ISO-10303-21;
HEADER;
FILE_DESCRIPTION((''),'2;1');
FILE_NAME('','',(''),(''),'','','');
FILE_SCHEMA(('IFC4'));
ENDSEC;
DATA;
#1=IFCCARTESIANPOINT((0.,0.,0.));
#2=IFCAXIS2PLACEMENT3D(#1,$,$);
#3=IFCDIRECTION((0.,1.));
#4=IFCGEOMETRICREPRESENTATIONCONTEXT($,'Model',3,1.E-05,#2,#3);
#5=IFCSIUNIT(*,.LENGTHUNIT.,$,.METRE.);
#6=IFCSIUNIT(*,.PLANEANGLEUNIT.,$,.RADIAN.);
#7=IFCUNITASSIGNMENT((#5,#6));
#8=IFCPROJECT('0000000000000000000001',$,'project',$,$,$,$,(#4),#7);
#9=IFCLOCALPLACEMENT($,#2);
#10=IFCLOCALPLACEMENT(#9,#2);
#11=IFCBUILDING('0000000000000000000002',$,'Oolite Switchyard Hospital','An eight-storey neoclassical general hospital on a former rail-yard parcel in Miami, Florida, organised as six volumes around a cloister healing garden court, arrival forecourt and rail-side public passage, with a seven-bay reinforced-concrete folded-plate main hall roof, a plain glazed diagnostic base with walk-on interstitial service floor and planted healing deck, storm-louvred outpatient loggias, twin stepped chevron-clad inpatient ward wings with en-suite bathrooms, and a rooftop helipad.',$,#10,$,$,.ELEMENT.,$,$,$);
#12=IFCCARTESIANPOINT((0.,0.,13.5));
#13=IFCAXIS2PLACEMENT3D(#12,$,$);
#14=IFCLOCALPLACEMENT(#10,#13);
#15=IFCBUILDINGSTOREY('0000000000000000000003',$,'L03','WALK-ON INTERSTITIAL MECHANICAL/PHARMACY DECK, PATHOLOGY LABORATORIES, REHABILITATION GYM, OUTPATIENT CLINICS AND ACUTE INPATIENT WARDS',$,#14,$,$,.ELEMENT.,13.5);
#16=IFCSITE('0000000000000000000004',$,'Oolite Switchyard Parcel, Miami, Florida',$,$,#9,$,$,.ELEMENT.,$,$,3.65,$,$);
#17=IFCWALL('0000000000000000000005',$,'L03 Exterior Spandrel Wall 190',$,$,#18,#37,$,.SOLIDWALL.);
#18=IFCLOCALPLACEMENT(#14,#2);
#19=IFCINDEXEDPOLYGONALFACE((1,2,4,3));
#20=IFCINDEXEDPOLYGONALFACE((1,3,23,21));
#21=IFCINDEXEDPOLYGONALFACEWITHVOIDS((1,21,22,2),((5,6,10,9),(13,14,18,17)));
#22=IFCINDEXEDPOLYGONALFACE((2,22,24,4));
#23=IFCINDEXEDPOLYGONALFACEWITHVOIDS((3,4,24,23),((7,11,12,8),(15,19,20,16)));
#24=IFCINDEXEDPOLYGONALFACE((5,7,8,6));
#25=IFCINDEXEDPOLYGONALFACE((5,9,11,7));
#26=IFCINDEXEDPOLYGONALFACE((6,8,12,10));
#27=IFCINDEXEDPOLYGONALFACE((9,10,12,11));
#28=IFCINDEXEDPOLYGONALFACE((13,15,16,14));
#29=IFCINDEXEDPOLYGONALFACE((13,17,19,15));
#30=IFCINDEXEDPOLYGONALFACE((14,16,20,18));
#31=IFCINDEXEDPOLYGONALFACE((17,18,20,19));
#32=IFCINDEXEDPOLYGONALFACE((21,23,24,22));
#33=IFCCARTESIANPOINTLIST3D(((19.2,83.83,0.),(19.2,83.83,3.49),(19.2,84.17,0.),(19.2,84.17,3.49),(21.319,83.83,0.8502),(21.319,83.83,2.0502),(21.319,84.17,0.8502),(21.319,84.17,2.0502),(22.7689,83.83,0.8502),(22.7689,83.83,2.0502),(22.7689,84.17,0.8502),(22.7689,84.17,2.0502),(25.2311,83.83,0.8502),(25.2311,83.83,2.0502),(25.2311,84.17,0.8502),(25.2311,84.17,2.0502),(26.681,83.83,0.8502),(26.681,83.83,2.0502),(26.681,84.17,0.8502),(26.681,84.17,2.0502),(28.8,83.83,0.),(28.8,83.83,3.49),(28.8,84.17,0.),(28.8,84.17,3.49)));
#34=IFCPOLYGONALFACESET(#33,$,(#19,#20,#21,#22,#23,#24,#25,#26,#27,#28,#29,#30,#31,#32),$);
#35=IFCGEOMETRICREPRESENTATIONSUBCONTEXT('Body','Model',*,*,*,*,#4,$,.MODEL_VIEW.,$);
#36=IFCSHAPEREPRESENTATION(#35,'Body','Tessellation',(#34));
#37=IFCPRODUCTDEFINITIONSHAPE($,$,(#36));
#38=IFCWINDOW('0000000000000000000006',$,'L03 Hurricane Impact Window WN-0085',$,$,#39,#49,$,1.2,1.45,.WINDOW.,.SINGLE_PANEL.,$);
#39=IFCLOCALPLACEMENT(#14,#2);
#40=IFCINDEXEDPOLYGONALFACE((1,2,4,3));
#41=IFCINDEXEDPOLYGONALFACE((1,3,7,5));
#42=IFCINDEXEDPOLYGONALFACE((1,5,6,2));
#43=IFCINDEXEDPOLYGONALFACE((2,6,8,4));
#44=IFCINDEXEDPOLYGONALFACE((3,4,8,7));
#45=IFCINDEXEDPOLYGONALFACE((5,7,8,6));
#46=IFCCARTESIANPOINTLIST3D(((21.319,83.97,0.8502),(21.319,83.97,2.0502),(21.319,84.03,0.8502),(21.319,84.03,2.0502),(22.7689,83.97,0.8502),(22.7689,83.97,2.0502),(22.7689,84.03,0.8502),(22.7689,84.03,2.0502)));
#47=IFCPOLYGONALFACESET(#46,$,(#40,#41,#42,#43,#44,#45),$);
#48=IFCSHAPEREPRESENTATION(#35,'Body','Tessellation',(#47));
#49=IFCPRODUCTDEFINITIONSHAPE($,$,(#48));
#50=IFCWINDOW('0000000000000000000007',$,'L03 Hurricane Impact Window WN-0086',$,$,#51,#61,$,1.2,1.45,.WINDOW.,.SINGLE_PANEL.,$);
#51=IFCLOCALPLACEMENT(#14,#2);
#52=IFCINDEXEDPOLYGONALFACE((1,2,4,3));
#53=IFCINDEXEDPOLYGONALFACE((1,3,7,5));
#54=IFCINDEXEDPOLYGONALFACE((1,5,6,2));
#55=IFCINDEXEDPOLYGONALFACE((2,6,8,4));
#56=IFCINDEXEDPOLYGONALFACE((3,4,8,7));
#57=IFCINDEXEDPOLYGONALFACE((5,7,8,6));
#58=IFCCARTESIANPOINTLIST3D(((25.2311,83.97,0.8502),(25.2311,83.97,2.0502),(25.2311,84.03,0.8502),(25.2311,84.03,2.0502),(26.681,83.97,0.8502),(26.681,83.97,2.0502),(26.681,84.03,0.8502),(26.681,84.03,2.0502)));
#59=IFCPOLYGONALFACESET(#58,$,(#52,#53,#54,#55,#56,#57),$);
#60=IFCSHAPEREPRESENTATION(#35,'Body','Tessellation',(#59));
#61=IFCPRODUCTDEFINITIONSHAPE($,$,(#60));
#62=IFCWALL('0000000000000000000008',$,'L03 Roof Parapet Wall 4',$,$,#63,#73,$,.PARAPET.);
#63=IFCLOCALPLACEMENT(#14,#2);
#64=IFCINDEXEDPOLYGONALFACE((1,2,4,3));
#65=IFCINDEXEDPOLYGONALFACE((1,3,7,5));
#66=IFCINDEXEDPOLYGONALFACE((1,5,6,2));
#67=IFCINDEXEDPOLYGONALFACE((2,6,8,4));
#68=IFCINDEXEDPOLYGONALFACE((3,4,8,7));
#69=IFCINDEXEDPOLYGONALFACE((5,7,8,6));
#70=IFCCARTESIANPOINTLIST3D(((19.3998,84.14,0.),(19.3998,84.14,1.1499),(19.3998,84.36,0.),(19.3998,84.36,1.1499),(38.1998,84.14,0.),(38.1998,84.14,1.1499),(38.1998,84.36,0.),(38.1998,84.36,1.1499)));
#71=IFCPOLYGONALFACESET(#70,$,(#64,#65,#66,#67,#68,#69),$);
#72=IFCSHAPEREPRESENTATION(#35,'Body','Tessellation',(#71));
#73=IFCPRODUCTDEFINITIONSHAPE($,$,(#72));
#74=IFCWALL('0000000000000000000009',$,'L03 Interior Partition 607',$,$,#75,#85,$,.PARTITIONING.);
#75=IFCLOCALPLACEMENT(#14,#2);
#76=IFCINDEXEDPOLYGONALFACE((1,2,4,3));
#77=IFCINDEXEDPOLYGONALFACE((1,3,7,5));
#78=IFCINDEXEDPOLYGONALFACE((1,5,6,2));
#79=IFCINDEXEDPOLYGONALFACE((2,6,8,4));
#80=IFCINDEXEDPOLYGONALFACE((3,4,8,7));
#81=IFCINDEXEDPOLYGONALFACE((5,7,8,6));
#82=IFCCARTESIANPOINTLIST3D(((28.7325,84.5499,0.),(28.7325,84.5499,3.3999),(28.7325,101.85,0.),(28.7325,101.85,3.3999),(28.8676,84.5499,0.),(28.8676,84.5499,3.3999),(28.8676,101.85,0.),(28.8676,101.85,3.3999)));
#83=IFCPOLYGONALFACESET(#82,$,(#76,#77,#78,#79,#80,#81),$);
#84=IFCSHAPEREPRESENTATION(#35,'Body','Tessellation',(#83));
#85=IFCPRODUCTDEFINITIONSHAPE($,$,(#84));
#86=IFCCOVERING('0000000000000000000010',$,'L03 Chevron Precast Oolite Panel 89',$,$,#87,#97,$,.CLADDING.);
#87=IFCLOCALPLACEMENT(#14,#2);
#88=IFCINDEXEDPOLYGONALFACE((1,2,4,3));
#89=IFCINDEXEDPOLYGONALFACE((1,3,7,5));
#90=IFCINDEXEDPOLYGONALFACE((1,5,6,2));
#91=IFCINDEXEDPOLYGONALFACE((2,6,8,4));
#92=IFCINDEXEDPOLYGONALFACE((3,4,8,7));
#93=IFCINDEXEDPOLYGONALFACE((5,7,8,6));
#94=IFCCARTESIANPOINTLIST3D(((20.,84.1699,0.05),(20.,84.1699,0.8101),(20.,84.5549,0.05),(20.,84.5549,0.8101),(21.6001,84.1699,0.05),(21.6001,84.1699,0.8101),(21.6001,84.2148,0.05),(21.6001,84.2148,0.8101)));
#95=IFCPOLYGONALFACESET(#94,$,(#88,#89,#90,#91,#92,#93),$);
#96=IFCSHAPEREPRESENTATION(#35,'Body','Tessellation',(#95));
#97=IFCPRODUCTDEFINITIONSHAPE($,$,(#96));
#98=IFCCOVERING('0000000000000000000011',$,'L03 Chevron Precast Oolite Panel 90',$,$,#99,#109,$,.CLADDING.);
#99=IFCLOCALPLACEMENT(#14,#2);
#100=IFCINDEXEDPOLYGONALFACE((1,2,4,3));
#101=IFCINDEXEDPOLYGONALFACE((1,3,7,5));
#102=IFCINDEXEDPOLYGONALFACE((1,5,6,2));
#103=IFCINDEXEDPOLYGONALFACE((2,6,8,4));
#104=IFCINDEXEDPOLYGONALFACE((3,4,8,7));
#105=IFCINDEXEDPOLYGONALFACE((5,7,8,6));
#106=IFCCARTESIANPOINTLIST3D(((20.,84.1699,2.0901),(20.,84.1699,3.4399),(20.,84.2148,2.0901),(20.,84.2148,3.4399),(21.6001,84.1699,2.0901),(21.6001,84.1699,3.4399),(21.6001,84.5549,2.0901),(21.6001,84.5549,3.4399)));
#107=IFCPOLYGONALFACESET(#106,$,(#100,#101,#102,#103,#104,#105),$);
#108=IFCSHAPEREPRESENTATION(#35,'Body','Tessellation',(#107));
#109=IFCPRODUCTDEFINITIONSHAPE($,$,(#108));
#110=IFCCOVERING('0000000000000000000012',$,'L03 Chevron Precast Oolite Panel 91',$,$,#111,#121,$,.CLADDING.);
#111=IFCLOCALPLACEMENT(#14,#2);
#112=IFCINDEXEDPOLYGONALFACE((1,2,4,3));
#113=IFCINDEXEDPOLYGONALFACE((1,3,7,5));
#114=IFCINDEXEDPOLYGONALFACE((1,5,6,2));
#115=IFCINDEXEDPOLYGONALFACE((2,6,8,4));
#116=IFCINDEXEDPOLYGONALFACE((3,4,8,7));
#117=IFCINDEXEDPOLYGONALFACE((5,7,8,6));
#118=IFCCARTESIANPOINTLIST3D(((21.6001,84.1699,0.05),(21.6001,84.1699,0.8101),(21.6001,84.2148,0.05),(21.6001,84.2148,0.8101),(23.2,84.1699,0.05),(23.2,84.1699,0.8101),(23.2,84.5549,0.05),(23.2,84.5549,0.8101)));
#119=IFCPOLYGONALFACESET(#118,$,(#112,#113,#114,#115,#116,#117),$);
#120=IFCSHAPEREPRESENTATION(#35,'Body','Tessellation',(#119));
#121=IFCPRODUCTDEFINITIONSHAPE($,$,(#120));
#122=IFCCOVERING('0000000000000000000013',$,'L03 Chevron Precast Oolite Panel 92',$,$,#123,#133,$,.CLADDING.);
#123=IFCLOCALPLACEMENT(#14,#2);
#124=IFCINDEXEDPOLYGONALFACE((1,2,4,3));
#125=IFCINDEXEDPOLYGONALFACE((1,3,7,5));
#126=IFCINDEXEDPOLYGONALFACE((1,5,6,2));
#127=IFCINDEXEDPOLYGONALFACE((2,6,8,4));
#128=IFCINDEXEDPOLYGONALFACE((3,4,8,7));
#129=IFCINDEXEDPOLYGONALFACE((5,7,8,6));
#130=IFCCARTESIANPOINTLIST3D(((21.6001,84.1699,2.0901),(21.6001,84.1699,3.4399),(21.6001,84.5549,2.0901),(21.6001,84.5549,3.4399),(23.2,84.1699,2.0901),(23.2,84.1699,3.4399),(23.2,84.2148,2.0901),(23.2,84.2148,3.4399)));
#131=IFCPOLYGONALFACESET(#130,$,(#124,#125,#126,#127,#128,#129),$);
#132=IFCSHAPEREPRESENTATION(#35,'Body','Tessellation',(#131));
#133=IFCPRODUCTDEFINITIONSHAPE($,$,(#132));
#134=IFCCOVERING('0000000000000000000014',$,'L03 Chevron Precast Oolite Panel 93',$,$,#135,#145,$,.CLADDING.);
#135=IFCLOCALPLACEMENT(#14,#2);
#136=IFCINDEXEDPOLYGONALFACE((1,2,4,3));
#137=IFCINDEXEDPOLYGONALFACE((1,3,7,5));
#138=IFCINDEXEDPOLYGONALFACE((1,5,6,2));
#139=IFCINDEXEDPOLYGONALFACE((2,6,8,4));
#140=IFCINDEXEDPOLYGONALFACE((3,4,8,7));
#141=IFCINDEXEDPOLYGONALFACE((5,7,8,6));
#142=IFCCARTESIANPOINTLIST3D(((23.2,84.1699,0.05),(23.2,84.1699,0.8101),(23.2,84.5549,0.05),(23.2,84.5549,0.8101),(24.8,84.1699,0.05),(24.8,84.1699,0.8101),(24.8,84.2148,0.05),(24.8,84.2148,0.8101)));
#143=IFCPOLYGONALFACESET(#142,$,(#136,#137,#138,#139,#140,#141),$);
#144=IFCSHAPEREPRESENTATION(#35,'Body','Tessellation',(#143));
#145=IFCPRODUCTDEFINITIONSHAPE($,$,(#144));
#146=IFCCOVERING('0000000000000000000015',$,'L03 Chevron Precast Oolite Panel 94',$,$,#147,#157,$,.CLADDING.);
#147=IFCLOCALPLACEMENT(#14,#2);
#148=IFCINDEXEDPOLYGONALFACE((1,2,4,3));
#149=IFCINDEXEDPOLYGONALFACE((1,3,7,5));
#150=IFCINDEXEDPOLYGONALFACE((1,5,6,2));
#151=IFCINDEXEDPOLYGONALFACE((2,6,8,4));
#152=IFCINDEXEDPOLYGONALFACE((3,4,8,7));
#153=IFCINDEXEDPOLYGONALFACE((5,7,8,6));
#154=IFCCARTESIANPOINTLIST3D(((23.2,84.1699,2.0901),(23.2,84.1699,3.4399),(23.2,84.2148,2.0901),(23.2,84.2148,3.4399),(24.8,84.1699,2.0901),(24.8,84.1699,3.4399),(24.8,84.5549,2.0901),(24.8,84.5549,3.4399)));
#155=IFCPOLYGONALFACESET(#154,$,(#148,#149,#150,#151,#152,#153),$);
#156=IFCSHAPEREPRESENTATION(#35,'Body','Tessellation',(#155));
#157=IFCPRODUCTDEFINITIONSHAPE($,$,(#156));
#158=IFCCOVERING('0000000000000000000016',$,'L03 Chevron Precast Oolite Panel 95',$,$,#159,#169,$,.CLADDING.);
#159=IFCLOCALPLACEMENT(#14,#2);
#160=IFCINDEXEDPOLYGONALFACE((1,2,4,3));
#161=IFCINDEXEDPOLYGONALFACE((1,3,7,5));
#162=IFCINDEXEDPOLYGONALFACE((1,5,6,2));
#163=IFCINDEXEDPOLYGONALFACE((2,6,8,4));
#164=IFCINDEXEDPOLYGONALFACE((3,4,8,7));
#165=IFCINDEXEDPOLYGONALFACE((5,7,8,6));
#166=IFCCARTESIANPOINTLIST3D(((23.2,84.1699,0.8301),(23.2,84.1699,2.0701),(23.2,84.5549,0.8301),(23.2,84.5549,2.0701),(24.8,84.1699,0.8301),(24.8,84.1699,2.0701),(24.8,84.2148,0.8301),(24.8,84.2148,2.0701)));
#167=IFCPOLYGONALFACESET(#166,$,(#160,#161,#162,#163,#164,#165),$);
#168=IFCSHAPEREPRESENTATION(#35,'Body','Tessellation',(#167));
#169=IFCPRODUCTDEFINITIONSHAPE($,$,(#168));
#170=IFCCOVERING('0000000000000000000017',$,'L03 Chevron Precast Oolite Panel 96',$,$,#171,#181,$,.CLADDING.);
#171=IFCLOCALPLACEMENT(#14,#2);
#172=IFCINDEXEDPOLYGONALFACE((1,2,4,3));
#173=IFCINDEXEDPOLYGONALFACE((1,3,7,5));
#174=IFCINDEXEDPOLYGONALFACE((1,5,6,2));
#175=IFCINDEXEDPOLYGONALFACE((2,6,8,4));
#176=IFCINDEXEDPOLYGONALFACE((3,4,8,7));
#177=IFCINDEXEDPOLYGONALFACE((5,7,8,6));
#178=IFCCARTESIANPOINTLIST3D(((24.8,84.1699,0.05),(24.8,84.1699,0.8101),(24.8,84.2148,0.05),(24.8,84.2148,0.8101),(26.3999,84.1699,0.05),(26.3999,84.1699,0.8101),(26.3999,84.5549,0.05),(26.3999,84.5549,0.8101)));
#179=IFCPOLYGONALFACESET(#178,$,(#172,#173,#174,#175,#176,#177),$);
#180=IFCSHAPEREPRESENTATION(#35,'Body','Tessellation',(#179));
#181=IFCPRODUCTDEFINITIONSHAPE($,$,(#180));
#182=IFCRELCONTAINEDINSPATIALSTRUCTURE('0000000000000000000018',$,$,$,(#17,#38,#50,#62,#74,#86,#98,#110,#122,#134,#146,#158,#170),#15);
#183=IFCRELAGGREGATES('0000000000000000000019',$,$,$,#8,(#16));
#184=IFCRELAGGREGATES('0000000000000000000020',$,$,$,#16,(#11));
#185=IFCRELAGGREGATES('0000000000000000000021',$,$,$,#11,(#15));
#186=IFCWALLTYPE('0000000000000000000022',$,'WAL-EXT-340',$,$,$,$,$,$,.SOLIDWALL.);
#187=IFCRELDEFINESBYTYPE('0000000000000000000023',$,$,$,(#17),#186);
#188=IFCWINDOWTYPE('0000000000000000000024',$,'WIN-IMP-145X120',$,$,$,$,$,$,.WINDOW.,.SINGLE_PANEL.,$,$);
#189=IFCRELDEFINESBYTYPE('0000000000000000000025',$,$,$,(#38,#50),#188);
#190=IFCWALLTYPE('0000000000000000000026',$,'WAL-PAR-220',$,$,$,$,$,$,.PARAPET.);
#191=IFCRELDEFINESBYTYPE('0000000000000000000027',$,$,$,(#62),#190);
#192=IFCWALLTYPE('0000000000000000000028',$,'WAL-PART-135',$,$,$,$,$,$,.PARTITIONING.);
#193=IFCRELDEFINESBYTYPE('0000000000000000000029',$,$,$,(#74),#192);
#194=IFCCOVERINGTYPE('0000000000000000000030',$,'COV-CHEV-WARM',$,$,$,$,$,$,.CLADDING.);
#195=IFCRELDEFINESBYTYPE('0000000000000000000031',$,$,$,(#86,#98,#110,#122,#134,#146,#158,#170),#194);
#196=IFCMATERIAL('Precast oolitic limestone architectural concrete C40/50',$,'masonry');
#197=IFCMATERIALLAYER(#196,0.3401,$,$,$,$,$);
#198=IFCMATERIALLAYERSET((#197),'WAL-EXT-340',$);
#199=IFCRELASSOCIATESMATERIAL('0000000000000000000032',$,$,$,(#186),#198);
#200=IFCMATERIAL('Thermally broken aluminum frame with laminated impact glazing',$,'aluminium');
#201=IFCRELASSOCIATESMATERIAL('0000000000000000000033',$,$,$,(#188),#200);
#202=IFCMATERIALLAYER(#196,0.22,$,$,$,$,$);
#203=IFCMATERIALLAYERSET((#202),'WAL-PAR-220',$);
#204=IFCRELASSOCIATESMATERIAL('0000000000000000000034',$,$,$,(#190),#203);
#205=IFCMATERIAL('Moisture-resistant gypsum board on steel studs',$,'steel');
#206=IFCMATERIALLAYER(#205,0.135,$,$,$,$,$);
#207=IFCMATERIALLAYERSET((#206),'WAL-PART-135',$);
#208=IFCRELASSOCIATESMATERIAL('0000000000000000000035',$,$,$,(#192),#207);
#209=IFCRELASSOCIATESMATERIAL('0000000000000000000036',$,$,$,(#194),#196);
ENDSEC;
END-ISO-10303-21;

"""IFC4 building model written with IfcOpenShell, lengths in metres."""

from ifc_helpers import new_model, si_unit, direction, frame, frame_2d, origin, place, context, subcontext, project, spatial, polyline, rectangle, outline, extrude, material, layer, layer_set, type_object, element, fill, save


model = new_model("IFC4")

# Units and contexts
model_context = context("Model", 3, precision=1e-05, world=origin(), true_north=direction((0.0, 1.0)))
body_context = subcontext(model_context, "Body", "Model", "MODEL_VIEW")
ifc_project = project(units=[si_unit("LENGTHUNIT", "METRE"), si_unit("PLANEANGLEUNIT", "RADIAN")], contexts=[model_context])

# Site, building, storey
site_placement = place(None, origin())
site = spatial("IfcSite", under=ifc_project, at=site_placement, Name="Oolite Switchyard Parcel, Miami, Florida", CompositionType="ELEMENT", RefElevation=3.65)
building_placement = place(site_placement, origin())
building = spatial("IfcBuilding", under=site, at=building_placement, Name="Oolite Switchyard Hospital", Description="An eight-storey neoclassical general hospital on a former rail-yard parcel in Miami, Florida, organised as six volumes around a cloister healing garden court, arrival forecourt and rail-side public passage, with a seven-bay reinforced-concrete folded-plate main hall roof, a plain glazed diagnostic base with walk-on interstitial service floor and planted healing deck, storm-louvred outpatient loggias, twin stepped chevron-clad inpatient ward wings with en-suite bathrooms, and a rooftop helipad.", CompositionType="ELEMENT")
storey_placement = place(building_placement, frame((0.0, 0.0, 13.5)))
storey = spatial("IfcBuildingStorey", under=building, at=storey_placement, Name="L03", Description="WALK-ON INTERSTITIAL MECHANICAL/PHARMACY DECK, PATHOLOGY LABORATORIES, REHABILITATION GYM, OUTPATIENT CLINICS AND ACUTE INPATIENT WARDS", CompositionType="ELEMENT", Elevation=13.5)

# Wall, openings, windows
ifc_material_1 = material(Name="Precast oolitic limestone architectural concrete C40/50", Category="masonry")
ifc_layer_1 = layer(ifc_material_1, 0.3401)
ifc_layer_set_1 = layer_set([ifc_layer_1], Name="WAL-EXT-340")
wall_type_1 = type_object("IfcWallType", Name="WAL-EXT-340", PredefinedType="SOLIDWALL", material=ifc_layer_set_1)
wall_1_placement = place(storey_placement, frame((19.2, 84.0, 0.0), z_axis=(0.0, 0.0, 1.0), x_axis=(1.0, 0.0, 0.0)))
wall_1 = element("IfcWall", 1, at=wall_1_placement, inside=storey, type_object=wall_type_1, Name="L03 Exterior Spandrel Wall 190", PredefinedType="SOLIDWALL", context=body_context, shape_type="SweptSolid", body=[
    extrude(rectangle(XDim=9.6001, YDim=0.3401, at=frame_2d((4.8, 0.0))), origin(), (0.0, 0.0, 1.0), 3.49),
])
opening_1_placement = place(wall_1_placement, frame((2.1189, 0.0, 0.8501)))
opening_1 = element("IfcOpeningElement", 2, at=opening_1_placement, cuts=wall_1, PredefinedType="OPENING", context=body_context, shape_type="SweptSolid", body=[
    extrude(rectangle(XDim=1.45, YDim=1.2, at=frame_2d((0.7251, 0.6001))), frame((0.0, 0.1802, 0.0), z_axis=(0.0, -1.0, 0.0), x_axis=(1.0, 0.0, 0.0)), (0.0, 0.0, 1.0), 0.3601),
])
opening_2_placement = place(wall_1_placement, frame((6.031, 0.0, 0.8501)))
opening_2 = element("IfcOpeningElement", 3, at=opening_2_placement, cuts=wall_1, PredefinedType="OPENING", context=body_context, shape_type="SweptSolid", body=[
    extrude(rectangle(XDim=1.45, YDim=1.2, at=frame_2d((0.7251, 0.6001))), frame((0.0, 0.1802, 0.0), z_axis=(0.0, -1.0, 0.0), x_axis=(1.0, 0.0, 0.0)), (0.0, 0.0, 1.0), 0.3601),
])
ifc_material_2 = material(Name="Thermally broken aluminum frame with laminated impact glazing", Category="aluminium")
window_type = type_object("IfcWindowType", Name="WIN-IMP-145X120", PartitioningType="SINGLE_PANEL", PredefinedType="WINDOW", material=ifc_material_2)
window_1_placement = place(opening_1_placement, origin())
window_1 = element("IfcWindow", 4, at=window_1_placement, inside=storey, type_object=window_type, Name="L03 Hurricane Impact Window WN-0085", OverallHeight=1.2, OverallWidth=1.45, PartitioningType="SINGLE_PANEL", PredefinedType="WINDOW", context=body_context, shape_type="SweptSolid", body=[
    extrude(rectangle(XDim=1.45, YDim=1.2, at=frame_2d((0.7251, 0.6001))), frame((0.0, 0.03, 0.0), z_axis=(0.0, -1.0, 0.0), x_axis=(1.0, 0.0, 0.0)), (0.0, 0.0, 1.0), 0.0601),
])
fill(opening_1, window_1)
window_2_placement = place(opening_2_placement, origin())
window_2 = element("IfcWindow", 5, at=window_2_placement, inside=storey, type_object=window_type, Name="L03 Hurricane Impact Window WN-0086", OverallHeight=1.2, OverallWidth=1.45, PartitioningType="SINGLE_PANEL", PredefinedType="WINDOW", context=body_context, shape_type="SweptSolid", body=[
    extrude(rectangle(XDim=1.45, YDim=1.2, at=frame_2d((0.7251, 0.6001))), frame((0.0, 0.03, 0.0), z_axis=(0.0, -1.0, 0.0), x_axis=(1.0, 0.0, 0.0)), (0.0, 0.0, 1.0), 0.0601),
])
fill(opening_2, window_2)

# Walls
ifc_layer_2 = layer(ifc_material_1, 0.22)
ifc_layer_set_2 = layer_set([ifc_layer_2], Name="WAL-PAR-220")
wall_type_2 = type_object("IfcWallType", Name="WAL-PAR-220", PredefinedType="PARAPET", material=ifc_layer_set_2)
wall_2_placement = place(storey_placement, frame((19.3999, 84.25, 0.0), z_axis=(0.0, 0.0, 1.0), x_axis=(1.0, 0.0, 0.0)))
element("IfcWall", 6, at=wall_2_placement, inside=storey, type_object=wall_type_2, Name="L03 Roof Parapet Wall 4", PredefinedType="PARAPET", context=body_context, shape_type="SweptSolid", body=[
    extrude(rectangle(XDim=18.8, YDim=0.22, at=frame_2d((9.3999, 0.0))), origin(), (0.0, 0.0, 1.0), 1.1499),
])
ifc_material_3 = material(Name="Moisture-resistant gypsum board on steel studs", Category="steel")
ifc_layer_3 = layer(ifc_material_3, 0.135)
ifc_layer_set_3 = layer_set([ifc_layer_3], Name="WAL-PART-135")
wall_type_3 = type_object("IfcWallType", Name="WAL-PART-135", PredefinedType="PARTITIONING", material=ifc_layer_set_3)
wall_3_placement = place(storey_placement, frame((28.8, 84.55, 0.0), z_axis=(0.0, 0.0, 1.0), x_axis=(0.0, 1.0, 0.0)))
element("IfcWall", 7, at=wall_3_placement, inside=storey, type_object=wall_type_3, Name="L03 Interior Partition 607", PredefinedType="PARTITIONING", context=body_context, shape_type="SweptSolid", body=[
    extrude(rectangle(XDim=17.3, YDim=0.135, at=frame_2d((8.6499, 0.0))), origin(), (0.0, 0.0, 1.0), 3.3999),
])

# Coverings
covering_type = type_object("IfcCoveringType", Name="COV-CHEV-WARM", PredefinedType="CLADDING", material=ifc_material_1)
covering_1_placement = place(storey_placement, frame((20.0, 84.1699, 0.05), z_axis=(0.0, 0.0, 1.0), x_axis=(1.0, 0.0, 0.0)))
element("IfcCovering", 8, at=covering_1_placement, inside=storey, type_object=covering_type, Name="L03 Chevron Precast Oolite Panel 89", PredefinedType="CLADDING", context=body_context, shape_type="SweptSolid", body=[
    extrude(outline(polyline([(0.0, 0.0), (1.6001, 0.0), (1.6001, 0.0449), (0.0, 0.385), (0.0, 0.0)])), origin(), (0.0, 0.0, 1.0), 0.76),
])
covering_2_placement = place(storey_placement, frame((20.0, 84.1699, 2.0901), z_axis=(0.0, 0.0, 1.0), x_axis=(1.0, 0.0, 0.0)))
element("IfcCovering", 9, at=covering_2_placement, inside=storey, type_object=covering_type, Name="L03 Chevron Precast Oolite Panel 90", PredefinedType="CLADDING", context=body_context, shape_type="SweptSolid", body=[
    extrude(outline(polyline([(0.0, 0.0), (1.6001, 0.0), (1.6001, 0.385), (0.0, 0.0449), (0.0, 0.0)])), origin(), (0.0, 0.0, 1.0), 1.3499),
])
covering_3_placement = place(storey_placement, frame((21.6001, 84.1699, 0.05), z_axis=(0.0, 0.0, 1.0), x_axis=(1.0, 0.0, 0.0)))
element("IfcCovering", 10, at=covering_3_placement, inside=storey, type_object=covering_type, Name="L03 Chevron Precast Oolite Panel 91", PredefinedType="CLADDING", context=body_context, shape_type="SweptSolid", body=[
    extrude(outline(polyline([(0.0, 0.0), (1.5999, 0.0), (1.5999, 0.385), (0.0, 0.0449), (0.0, 0.0)])), origin(), (0.0, 0.0, 1.0), 0.76),
])
covering_4_placement = place(storey_placement, frame((21.6001, 84.1699, 2.0901), z_axis=(0.0, 0.0, 1.0), x_axis=(1.0, 0.0, 0.0)))
element("IfcCovering", 11, at=covering_4_placement, inside=storey, type_object=covering_type, Name="L03 Chevron Precast Oolite Panel 92", PredefinedType="CLADDING", context=body_context, shape_type="SweptSolid", body=[
    extrude(outline(polyline([(0.0, 0.0), (1.5999, 0.0), (1.5999, 0.0449), (0.0, 0.385), (0.0, 0.0)])), origin(), (0.0, 0.0, 1.0), 1.3499),
])
covering_5_placement = place(storey_placement, frame((23.2, 84.1699, 0.05), z_axis=(0.0, 0.0, 1.0), x_axis=(1.0, 0.0, 0.0)))
element("IfcCovering", 12, at=covering_5_placement, inside=storey, type_object=covering_type, Name="L03 Chevron Precast Oolite Panel 93", PredefinedType="CLADDING", context=body_context, shape_type="SweptSolid", body=[
    extrude(outline(polyline([(0.0, 0.0), (1.6001, 0.0), (1.6001, 0.0449), (0.0, 0.385), (0.0, 0.0)])), origin(), (0.0, 0.0, 1.0), 0.76),
])
covering_6_placement = place(storey_placement, frame((23.2, 84.1699, 2.0901), z_axis=(0.0, 0.0, 1.0), x_axis=(1.0, 0.0, 0.0)))
element("IfcCovering", 13, at=covering_6_placement, inside=storey, type_object=covering_type, Name="L03 Chevron Precast Oolite Panel 94", PredefinedType="CLADDING", context=body_context, shape_type="SweptSolid", body=[
    extrude(outline(polyline([(0.0, 0.0), (1.6001, 0.0), (1.6001, 0.385), (0.0, 0.0449), (0.0, 0.0)])), origin(), (0.0, 0.0, 1.0), 1.3499),
])
covering_7_placement = place(storey_placement, frame((23.2, 84.1699, 0.8301), z_axis=(0.0, 0.0, 1.0), x_axis=(1.0, 0.0, 0.0)))
element("IfcCovering", 14, at=covering_7_placement, inside=storey, type_object=covering_type, Name="L03 Chevron Precast Oolite Panel 95", PredefinedType="CLADDING", context=body_context, shape_type="SweptSolid", body=[
    extrude(outline(polyline([(0.0, 0.0), (1.6001, 0.0), (1.6001, 0.0449), (0.0, 0.385), (0.0, 0.0)])), origin(), (0.0, 0.0, 1.0), 1.24),
])
covering_8_placement = place(storey_placement, frame((24.8, 84.1699, 0.05), z_axis=(0.0, 0.0, 1.0), x_axis=(1.0, 0.0, 0.0)))
element("IfcCovering", 15, at=covering_8_placement, inside=storey, type_object=covering_type, Name="L03 Chevron Precast Oolite Panel 96", PredefinedType="CLADDING", context=body_context, shape_type="SweptSolid", body=[
    extrude(outline(polyline([(0.0, 0.0), (1.5999, 0.0), (1.5999, 0.385), (0.0, 0.0449), (0.0, 0.0)])), origin(), (0.0, 0.0, 1.0), 0.76),
])

save(model, "model.ifc")
